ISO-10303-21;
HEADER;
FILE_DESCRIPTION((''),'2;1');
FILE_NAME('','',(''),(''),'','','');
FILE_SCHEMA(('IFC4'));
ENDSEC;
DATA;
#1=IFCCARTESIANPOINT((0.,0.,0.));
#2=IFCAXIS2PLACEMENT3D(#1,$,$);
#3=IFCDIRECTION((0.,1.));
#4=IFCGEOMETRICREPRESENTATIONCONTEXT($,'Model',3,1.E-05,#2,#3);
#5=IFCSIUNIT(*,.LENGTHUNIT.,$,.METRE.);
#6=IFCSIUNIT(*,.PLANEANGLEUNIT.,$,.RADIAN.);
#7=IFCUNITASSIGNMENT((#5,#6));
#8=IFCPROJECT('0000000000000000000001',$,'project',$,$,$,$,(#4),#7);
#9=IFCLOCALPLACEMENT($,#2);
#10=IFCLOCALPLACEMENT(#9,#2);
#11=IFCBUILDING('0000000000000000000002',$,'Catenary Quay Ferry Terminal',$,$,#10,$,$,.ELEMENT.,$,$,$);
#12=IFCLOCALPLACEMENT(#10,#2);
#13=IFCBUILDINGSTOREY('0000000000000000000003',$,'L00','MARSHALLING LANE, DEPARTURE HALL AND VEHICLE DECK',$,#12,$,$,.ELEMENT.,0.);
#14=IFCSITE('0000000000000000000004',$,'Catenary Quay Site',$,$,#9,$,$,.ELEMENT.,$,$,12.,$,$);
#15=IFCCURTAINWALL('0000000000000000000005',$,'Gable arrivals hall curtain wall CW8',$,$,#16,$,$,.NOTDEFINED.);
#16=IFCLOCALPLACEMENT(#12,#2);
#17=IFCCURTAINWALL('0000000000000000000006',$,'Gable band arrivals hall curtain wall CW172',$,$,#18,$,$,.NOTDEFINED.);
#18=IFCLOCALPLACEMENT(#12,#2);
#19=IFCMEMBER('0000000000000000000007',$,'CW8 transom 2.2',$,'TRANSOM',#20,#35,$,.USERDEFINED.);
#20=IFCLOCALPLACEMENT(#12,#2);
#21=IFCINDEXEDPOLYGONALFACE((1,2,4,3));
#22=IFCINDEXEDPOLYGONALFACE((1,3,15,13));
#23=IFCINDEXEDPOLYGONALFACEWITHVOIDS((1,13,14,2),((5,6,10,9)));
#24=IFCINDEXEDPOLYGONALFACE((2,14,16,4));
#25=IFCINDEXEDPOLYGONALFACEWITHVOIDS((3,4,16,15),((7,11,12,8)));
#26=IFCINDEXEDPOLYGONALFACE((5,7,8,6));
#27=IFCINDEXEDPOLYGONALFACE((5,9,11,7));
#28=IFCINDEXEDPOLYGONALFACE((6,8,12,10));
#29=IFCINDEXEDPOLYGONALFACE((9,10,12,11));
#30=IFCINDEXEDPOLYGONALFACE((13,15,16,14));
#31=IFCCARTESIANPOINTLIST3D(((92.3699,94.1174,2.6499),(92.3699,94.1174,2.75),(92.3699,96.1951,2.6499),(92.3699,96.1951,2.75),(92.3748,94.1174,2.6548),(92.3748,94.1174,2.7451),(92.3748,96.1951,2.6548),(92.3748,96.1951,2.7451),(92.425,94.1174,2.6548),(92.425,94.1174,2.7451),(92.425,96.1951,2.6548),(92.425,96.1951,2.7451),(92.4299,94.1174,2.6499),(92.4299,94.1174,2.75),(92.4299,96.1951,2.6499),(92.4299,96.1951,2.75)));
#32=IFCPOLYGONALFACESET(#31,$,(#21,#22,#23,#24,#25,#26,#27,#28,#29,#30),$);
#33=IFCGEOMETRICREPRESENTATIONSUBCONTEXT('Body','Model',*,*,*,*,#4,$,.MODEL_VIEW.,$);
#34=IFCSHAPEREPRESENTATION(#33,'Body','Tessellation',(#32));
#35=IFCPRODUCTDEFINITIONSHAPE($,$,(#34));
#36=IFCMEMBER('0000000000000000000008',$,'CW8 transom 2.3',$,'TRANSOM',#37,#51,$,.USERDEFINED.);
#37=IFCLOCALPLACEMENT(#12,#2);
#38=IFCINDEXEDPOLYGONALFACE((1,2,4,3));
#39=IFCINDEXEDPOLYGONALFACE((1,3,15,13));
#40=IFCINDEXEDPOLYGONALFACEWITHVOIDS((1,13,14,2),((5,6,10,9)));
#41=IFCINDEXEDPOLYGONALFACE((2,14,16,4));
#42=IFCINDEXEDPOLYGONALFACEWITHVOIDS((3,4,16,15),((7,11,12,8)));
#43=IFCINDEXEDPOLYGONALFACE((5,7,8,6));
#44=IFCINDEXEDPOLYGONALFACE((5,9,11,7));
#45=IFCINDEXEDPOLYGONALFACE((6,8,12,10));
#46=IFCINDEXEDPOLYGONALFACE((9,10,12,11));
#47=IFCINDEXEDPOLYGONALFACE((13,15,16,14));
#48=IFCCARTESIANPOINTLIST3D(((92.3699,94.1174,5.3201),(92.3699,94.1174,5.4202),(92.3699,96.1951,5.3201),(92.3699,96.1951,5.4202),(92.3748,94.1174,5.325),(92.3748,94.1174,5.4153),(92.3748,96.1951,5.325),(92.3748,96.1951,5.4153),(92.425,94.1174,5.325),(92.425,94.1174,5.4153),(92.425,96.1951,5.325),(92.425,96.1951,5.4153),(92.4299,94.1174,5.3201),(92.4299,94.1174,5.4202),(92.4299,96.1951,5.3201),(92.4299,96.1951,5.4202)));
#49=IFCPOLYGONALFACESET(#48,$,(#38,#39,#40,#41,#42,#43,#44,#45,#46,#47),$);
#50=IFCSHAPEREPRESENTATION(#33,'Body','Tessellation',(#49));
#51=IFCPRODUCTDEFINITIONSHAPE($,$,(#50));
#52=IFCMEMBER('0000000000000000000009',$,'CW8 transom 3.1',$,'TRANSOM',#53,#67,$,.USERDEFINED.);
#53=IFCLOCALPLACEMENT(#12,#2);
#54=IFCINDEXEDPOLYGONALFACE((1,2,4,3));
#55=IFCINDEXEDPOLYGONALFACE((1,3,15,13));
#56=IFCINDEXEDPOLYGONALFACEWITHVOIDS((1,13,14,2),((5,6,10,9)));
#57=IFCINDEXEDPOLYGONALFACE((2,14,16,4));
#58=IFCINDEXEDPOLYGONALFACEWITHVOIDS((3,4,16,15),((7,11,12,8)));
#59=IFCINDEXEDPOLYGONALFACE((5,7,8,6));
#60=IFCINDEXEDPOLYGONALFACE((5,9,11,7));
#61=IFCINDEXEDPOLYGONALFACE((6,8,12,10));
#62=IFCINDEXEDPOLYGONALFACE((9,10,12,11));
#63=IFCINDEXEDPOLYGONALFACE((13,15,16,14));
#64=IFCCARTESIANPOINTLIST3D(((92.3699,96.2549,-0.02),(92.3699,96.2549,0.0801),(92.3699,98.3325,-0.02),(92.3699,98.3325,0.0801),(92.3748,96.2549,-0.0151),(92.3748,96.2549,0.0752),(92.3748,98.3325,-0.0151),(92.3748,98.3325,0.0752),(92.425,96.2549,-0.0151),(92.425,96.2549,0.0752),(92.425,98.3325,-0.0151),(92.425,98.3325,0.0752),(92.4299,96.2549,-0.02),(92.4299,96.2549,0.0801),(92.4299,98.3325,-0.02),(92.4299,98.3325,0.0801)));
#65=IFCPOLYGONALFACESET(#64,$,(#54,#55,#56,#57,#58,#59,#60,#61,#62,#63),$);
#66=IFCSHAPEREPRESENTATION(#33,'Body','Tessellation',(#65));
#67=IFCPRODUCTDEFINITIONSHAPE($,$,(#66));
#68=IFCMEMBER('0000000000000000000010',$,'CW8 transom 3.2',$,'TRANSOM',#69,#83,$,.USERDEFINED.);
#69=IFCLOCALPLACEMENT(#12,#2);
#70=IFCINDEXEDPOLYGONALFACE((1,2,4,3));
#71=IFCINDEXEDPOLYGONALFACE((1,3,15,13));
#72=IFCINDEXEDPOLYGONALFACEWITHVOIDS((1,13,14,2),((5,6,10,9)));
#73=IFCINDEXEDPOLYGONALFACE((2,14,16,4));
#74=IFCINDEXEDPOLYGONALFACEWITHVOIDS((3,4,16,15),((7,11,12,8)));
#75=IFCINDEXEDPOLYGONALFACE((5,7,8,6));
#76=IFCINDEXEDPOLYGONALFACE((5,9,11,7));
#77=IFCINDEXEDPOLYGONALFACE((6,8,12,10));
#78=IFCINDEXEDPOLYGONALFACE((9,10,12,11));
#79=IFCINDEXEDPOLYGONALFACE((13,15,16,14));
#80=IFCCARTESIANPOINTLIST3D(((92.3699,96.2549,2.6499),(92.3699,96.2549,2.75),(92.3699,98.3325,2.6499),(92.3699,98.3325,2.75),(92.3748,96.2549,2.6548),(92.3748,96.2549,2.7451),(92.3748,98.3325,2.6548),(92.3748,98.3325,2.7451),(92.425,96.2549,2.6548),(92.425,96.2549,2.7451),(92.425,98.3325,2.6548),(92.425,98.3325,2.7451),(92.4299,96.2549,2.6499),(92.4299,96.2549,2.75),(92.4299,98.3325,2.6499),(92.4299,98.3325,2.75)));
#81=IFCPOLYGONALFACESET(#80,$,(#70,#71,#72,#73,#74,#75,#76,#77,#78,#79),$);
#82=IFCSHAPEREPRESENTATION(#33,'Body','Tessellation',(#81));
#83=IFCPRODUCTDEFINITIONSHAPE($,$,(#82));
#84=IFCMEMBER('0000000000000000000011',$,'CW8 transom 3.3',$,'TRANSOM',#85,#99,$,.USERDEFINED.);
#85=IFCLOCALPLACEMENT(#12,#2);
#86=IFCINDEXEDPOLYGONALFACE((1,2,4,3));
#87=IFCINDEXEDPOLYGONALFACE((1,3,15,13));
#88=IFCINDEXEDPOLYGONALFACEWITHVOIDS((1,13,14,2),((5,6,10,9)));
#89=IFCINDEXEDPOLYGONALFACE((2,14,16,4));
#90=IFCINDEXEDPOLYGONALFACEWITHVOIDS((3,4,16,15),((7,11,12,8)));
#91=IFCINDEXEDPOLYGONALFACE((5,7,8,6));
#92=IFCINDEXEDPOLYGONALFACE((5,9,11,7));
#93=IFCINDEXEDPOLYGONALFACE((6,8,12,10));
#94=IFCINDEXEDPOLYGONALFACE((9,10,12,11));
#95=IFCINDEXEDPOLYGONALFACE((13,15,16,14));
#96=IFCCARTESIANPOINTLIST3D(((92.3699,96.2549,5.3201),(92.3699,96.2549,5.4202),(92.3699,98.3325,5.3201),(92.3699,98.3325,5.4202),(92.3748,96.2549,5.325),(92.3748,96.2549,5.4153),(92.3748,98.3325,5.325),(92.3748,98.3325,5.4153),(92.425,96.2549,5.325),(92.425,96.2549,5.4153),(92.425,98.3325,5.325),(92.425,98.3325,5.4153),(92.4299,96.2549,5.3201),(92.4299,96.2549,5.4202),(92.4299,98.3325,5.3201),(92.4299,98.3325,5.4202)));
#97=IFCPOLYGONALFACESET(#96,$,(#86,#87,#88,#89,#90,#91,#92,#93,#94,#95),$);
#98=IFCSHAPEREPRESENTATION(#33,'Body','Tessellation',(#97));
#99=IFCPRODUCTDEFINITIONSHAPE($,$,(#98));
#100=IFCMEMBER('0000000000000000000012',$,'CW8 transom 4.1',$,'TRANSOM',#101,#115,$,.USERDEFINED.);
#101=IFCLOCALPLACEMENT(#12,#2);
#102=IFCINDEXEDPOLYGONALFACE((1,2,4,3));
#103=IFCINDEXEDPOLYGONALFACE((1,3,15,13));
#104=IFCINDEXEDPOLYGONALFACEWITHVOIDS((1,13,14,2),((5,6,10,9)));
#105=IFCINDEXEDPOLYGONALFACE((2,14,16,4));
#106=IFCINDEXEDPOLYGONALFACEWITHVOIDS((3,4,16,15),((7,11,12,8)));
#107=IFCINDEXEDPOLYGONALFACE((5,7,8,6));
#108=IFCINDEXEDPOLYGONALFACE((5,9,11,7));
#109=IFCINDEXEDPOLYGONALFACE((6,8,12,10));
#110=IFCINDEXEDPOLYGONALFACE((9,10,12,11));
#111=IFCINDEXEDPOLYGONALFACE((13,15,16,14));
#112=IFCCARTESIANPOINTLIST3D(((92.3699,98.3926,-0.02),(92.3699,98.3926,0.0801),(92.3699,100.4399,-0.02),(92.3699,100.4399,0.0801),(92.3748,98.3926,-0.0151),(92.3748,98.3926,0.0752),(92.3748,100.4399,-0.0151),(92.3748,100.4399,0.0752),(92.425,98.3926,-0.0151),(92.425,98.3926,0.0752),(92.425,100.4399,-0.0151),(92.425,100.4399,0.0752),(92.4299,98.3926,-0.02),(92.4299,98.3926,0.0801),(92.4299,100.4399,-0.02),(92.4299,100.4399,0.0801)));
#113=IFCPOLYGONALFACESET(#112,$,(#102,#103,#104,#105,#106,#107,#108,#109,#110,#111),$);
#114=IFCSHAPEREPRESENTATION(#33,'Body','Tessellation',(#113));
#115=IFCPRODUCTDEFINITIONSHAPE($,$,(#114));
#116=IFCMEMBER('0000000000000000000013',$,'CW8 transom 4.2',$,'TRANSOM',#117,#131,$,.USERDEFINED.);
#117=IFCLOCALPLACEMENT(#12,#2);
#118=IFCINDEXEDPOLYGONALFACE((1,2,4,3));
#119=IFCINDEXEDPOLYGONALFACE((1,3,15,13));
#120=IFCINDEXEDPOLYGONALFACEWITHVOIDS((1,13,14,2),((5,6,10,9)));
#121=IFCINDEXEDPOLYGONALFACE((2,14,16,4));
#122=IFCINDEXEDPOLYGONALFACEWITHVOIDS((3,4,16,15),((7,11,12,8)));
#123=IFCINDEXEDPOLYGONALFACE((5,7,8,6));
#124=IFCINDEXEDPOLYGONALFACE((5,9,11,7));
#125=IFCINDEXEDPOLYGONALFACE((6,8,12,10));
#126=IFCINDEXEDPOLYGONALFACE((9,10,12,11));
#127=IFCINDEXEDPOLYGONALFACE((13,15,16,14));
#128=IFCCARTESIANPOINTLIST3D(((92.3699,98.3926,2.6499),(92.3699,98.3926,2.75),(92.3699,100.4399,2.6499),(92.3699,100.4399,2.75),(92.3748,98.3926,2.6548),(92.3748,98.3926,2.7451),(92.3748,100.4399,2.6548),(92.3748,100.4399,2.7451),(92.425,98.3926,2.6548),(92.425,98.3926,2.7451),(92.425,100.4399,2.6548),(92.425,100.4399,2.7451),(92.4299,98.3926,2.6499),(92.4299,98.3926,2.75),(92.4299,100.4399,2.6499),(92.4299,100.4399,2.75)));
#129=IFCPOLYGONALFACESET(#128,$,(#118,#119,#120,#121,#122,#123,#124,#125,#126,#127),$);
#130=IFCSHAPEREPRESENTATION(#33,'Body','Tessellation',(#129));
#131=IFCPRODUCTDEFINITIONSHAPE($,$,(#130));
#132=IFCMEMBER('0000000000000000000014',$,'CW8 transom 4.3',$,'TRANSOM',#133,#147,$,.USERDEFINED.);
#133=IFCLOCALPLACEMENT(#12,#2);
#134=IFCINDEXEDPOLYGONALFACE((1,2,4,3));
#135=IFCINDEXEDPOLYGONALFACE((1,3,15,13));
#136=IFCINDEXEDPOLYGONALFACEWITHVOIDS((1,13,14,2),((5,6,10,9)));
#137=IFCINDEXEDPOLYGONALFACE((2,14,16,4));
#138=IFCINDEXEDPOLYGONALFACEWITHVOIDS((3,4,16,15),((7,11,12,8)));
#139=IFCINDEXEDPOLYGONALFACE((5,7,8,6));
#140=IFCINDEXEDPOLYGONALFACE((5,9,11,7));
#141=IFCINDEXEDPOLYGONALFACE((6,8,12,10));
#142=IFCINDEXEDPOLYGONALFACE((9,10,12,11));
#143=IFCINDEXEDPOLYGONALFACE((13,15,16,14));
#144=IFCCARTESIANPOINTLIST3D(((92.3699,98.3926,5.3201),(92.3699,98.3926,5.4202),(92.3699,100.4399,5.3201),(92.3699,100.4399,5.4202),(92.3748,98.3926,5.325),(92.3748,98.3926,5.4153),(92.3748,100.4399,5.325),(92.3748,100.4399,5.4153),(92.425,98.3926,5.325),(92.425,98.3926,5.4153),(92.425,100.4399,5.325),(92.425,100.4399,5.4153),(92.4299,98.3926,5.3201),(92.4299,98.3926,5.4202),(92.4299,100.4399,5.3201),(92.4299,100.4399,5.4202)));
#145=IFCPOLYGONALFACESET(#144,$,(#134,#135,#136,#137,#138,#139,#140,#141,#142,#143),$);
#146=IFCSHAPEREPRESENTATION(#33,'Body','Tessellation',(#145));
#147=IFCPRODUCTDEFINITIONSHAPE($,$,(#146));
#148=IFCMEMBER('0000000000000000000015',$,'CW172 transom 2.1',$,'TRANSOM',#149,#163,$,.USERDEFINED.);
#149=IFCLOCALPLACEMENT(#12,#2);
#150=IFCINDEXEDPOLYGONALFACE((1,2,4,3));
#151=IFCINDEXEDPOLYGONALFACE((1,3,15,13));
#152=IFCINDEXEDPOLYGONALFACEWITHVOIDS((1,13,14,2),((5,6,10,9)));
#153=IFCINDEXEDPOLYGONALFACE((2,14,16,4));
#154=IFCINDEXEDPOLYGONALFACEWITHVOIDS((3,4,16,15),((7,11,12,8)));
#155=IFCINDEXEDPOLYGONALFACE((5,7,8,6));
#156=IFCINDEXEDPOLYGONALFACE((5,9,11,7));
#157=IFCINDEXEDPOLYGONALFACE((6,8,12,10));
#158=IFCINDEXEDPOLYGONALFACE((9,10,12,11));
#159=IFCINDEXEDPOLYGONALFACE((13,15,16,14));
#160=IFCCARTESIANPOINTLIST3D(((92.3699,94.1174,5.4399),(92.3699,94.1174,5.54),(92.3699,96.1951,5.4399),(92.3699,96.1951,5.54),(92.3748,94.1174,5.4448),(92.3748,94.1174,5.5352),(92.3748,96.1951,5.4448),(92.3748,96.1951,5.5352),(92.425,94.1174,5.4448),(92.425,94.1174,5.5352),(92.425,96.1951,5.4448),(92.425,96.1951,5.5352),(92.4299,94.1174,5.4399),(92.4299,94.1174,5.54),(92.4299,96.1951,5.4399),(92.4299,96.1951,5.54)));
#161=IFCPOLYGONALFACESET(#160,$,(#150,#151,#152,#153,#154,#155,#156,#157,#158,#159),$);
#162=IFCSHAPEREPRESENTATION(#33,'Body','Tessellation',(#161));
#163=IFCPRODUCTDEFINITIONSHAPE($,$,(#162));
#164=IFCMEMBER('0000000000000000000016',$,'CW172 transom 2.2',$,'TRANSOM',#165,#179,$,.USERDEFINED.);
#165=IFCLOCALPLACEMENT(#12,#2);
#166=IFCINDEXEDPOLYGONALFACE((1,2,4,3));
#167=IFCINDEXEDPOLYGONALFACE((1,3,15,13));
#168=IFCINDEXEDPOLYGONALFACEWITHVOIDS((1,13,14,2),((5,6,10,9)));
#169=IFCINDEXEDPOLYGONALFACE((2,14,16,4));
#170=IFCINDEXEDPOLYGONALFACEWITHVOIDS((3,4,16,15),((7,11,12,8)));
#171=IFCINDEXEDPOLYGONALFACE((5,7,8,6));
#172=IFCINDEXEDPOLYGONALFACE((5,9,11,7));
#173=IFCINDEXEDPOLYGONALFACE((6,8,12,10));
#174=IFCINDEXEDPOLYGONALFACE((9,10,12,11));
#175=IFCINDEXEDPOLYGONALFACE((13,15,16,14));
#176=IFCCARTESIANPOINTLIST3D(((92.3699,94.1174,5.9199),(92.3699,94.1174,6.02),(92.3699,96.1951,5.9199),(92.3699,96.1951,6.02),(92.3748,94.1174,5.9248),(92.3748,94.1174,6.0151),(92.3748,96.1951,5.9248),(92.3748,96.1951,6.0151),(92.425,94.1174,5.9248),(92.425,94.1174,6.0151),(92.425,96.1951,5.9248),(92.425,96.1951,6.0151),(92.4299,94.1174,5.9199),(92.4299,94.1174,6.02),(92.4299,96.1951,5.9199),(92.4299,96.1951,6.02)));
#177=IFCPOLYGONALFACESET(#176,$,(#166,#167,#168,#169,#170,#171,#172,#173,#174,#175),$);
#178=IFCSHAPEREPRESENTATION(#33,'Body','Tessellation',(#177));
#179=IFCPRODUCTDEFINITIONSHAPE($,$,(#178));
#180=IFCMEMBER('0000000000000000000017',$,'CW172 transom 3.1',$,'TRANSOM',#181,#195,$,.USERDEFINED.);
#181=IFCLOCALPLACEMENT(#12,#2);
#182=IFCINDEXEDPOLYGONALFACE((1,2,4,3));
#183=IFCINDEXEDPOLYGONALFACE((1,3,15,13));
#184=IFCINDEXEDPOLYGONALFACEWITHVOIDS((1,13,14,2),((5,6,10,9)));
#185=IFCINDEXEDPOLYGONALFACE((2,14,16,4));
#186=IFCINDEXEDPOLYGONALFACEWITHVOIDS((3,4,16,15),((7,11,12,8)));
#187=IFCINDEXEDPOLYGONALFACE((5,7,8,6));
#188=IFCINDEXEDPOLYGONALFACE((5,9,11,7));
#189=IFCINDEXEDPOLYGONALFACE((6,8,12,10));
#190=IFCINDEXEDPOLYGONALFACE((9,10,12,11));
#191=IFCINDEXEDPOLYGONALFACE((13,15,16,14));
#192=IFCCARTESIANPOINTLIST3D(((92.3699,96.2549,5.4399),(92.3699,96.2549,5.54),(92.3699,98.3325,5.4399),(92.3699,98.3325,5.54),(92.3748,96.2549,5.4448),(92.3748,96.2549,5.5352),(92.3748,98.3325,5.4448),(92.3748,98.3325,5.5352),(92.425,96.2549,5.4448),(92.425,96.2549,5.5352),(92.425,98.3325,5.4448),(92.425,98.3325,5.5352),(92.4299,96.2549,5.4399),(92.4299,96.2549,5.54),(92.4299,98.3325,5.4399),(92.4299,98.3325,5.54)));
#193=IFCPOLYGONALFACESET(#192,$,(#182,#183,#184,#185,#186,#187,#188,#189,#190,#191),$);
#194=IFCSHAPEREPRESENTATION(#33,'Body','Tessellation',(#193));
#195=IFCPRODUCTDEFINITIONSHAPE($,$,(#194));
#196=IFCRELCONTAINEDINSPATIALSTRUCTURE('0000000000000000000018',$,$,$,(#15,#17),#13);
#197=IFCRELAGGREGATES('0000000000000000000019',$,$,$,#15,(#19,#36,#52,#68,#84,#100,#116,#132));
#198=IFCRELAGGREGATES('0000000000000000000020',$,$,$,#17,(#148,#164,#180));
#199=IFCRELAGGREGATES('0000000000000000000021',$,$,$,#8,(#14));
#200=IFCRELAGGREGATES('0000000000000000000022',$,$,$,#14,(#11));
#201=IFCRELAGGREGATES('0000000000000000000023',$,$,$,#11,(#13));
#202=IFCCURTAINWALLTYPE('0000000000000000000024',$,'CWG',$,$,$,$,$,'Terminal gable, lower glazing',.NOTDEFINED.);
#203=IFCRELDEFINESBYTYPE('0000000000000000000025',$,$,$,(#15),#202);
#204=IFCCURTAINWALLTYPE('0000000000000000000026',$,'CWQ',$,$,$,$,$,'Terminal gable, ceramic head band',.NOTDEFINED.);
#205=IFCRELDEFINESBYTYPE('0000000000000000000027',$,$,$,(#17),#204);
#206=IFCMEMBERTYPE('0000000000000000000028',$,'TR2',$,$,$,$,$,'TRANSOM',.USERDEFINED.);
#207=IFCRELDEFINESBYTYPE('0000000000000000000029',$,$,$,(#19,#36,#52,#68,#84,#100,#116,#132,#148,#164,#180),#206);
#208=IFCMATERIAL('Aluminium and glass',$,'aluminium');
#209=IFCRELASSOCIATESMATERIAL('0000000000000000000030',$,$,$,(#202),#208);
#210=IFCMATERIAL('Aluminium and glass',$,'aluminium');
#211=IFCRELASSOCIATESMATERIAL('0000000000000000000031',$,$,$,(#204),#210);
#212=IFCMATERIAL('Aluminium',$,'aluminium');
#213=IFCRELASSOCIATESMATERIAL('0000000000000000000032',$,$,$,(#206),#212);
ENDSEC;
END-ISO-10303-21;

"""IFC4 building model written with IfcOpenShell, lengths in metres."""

from ifc_helpers import new_model, si_unit, direction, frame, origin, origin_2d, place, context, subcontext, project, spatial, hollow_rectangle, extrude, material, material_profile, profile_set, type_object, element, aggregate, save


model = new_model("IFC4")

# Units and contexts
model_context = context("Model", 3, precision=1e-05, world=origin(), true_north=direction((0.0, 1.0)))
body_context = subcontext(model_context, "Body", "Model", "MODEL_VIEW")
ifc_project = project(units=[si_unit("LENGTHUNIT", "METRE"), si_unit("PLANEANGLEUNIT", "RADIAN")], contexts=[model_context])

# Site, building, storey
site_placement = place(None, origin())
site = spatial("IfcSite", under=ifc_project, at=site_placement, Name="Catenary Quay Site", CompositionType="ELEMENT", RefElevation=12.0)
building_placement = place(site_placement, origin())
building = spatial("IfcBuilding", under=site, at=building_placement, Name="Catenary Quay Ferry Terminal", CompositionType="ELEMENT")
storey_placement = place(building_placement, origin())
storey = spatial("IfcBuildingStorey", under=building, at=storey_placement, Name="L00", Description="MARSHALLING LANE, DEPARTURE HALL AND VEHICLE DECK", CompositionType="ELEMENT", Elevation=0.0)

# Curtain walls
ifc_material_1 = material(Name="Aluminium and glass", Category="aluminium")
curtain_wall_type_1 = type_object("IfcCurtainWallType", Name="CWG", ElementType="Terminal gable, lower glazing", PredefinedType="NOTDEFINED", material=ifc_material_1)
curtain_wall_1_placement = place(storey_placement, origin())
curtain_wall_1 = element("IfcCurtainWall", 1, at=curtain_wall_1_placement, inside=storey, type_object=curtain_wall_type_1, Name="Gable arrivals hall curtain wall CW8", PredefinedType="NOTDEFINED")
ifc_material_2 = material(Name="Aluminium and glass", Category="aluminium")
curtain_wall_type_2 = type_object("IfcCurtainWallType", Name="CWQ", ElementType="Terminal gable, ceramic head band", PredefinedType="NOTDEFINED", material=ifc_material_2)
curtain_wall_2_placement = place(storey_placement, origin())
curtain_wall_2 = element("IfcCurtainWall", 2, at=curtain_wall_2_placement, inside=storey, type_object=curtain_wall_type_2, Name="Gable band arrivals hall curtain wall CW172", PredefinedType="NOTDEFINED")

# Members
ifc_material_3 = material(Name="Aluminium", Category="aluminium")
ifc_material_profile_1 = material_profile(ifc_material_3, hollow_rectangle(XDim=0.0601, YDim=0.1001, WallThickness=0.0049, at=origin_2d()), Name="TR2")
ifc_profile_set_1 = profile_set([ifc_material_profile_1], Name="Aluminium")
member_type_1 = type_object("IfcMemberType", Name="TR2", ElementType="TRANSOM", PredefinedType="USERDEFINED", material=ifc_profile_set_1)
member_1_placement = place(storey_placement, frame((92.3999, 94.1174, 2.7), z_axis=(0.0, 1.0, 0.0), x_axis=(-1.0, 0.0, 0.0)))
member_1 = element("IfcMember", 3, at=member_1_placement, type_object=member_type_1, Name="CW8 transom 2.2", ObjectType="TRANSOM", PredefinedType="USERDEFINED", context=body_context, shape_type="SweptSolid", body=[
    extrude(hollow_rectangle(XDim=0.0601, YDim=0.1001, WallThickness=0.0049, at=origin_2d()), origin(), (0.0, 0.0, 1.0), 2.0776),
])
member_2_placement = place(storey_placement, frame((92.3999, 94.1174, 5.3701), z_axis=(0.0, 1.0, 0.0), x_axis=(-1.0, 0.0, 0.0)))
member_2 = element("IfcMember", 4, at=member_2_placement, type_object=member_type_1, Name="CW8 transom 2.3", ObjectType="TRANSOM", PredefinedType="USERDEFINED", context=body_context, shape_type="SweptSolid", body=[
    extrude(hollow_rectangle(XDim=0.0601, YDim=0.1001, WallThickness=0.0049, at=origin_2d()), origin(), (0.0, 0.0, 1.0), 2.0776),
])
member_3_placement = place(storey_placement, frame((92.3999, 96.2549, 0.03), z_axis=(0.0, 1.0, 0.0), x_axis=(-1.0, 0.0, 0.0)))
member_3 = element("IfcMember", 5, at=member_3_placement, type_object=member_type_1, Name="CW8 transom 3.1", ObjectType="TRANSOM", PredefinedType="USERDEFINED", context=body_context, shape_type="SweptSolid", body=[
    extrude(hollow_rectangle(XDim=0.0601, YDim=0.1001, WallThickness=0.0049, at=origin_2d()), origin(), (0.0, 0.0, 1.0), 2.0776),
])
member_4_placement = place(storey_placement, frame((92.3999, 96.2549, 2.7), z_axis=(0.0, 1.0, 0.0), x_axis=(-1.0, 0.0, 0.0)))
member_4 = element("IfcMember", 6, at=member_4_placement, type_object=member_type_1, Name="CW8 transom 3.2", ObjectType="TRANSOM", PredefinedType="USERDEFINED", context=body_context, shape_type="SweptSolid", body=[
    extrude(hollow_rectangle(XDim=0.0601, YDim=0.1001, WallThickness=0.0049, at=origin_2d()), origin(), (0.0, 0.0, 1.0), 2.0776),
])
member_5_placement = place(storey_placement, frame((92.3999, 96.2549, 5.3701), z_axis=(0.0, 1.0, 0.0), x_axis=(-1.0, 0.0, 0.0)))
member_5 = element("IfcMember", 7, at=member_5_placement, type_object=member_type_1, Name="CW8 transom 3.3", ObjectType="TRANSOM", PredefinedType="USERDEFINED", context=body_context, shape_type="SweptSolid", body=[
    extrude(hollow_rectangle(XDim=0.0601, YDim=0.1001, WallThickness=0.0049, at=origin_2d()), origin(), (0.0, 0.0, 1.0), 2.0776),
])
member_6_placement = place(storey_placement, frame((92.3999, 98.3926, 0.03), z_axis=(0.0, 1.0, 0.0), x_axis=(-1.0, 0.0, 0.0)))
member_6 = element("IfcMember", 8, at=member_6_placement, type_object=member_type_1, Name="CW8 transom 4.1", ObjectType="TRANSOM", PredefinedType="USERDEFINED", context=body_context, shape_type="SweptSolid", body=[
    extrude(hollow_rectangle(XDim=0.0601, YDim=0.1001, WallThickness=0.0049, at=origin_2d()), origin(), (0.0, 0.0, 1.0), 2.0474),
])
member_7_placement = place(storey_placement, frame((92.3999, 98.3926, 2.7), z_axis=(0.0, 1.0, 0.0), x_axis=(-1.0, 0.0, 0.0)))
member_7 = element("IfcMember", 9, at=member_7_placement, type_object=member_type_1, Name="CW8 transom 4.2", ObjectType="TRANSOM", PredefinedType="USERDEFINED", context=body_context, shape_type="SweptSolid", body=[
    extrude(hollow_rectangle(XDim=0.0601, YDim=0.1001, WallThickness=0.0049, at=origin_2d()), origin(), (0.0, 0.0, 1.0), 2.0474),
])
member_8_placement = place(storey_placement, frame((92.3999, 98.3926, 5.3701), z_axis=(0.0, 1.0, 0.0), x_axis=(-1.0, 0.0, 0.0)))
member_8 = element("IfcMember", 10, at=member_8_placement, type_object=member_type_1, Name="CW8 transom 4.3", ObjectType="TRANSOM", PredefinedType="USERDEFINED", context=body_context, shape_type="SweptSolid", body=[
    extrude(hollow_rectangle(XDim=0.0601, YDim=0.1001, WallThickness=0.0049, at=origin_2d()), origin(), (0.0, 0.0, 1.0), 2.0474),
])
member_9_placement = place(storey_placement, frame((92.3999, 94.1174, 5.49), z_axis=(0.0, 1.0, 0.0), x_axis=(-1.0, 0.0, 0.0)))
member_9 = element("IfcMember", 11, at=member_9_placement, type_object=member_type_1, Name="CW172 transom 2.1", ObjectType="TRANSOM", PredefinedType="USERDEFINED", context=body_context, shape_type="SweptSolid", body=[
    extrude(hollow_rectangle(XDim=0.0601, YDim=0.1001, WallThickness=0.0049, at=origin_2d()), origin(), (0.0, 0.0, 1.0), 2.0776),
])
member_10_placement = place(storey_placement, frame((92.3999, 94.1174, 5.97), z_axis=(0.0, 1.0, 0.0), x_axis=(-1.0, 0.0, 0.0)))
member_10 = element("IfcMember", 12, at=member_10_placement, type_object=member_type_1, Name="CW172 transom 2.2", ObjectType="TRANSOM", PredefinedType="USERDEFINED", context=body_context, shape_type="SweptSolid", body=[
    extrude(hollow_rectangle(XDim=0.0601, YDim=0.1001, WallThickness=0.0049, at=origin_2d()), origin(), (0.0, 0.0, 1.0), 2.0776),
])
member_11_placement = place(storey_placement, frame((92.3999, 96.2549, 5.49), z_axis=(0.0, 1.0, 0.0), x_axis=(-1.0, 0.0, 0.0)))
member_11 = element("IfcMember", 13, at=member_11_placement, type_object=member_type_1, Name="CW172 transom 3.1", ObjectType="TRANSOM", PredefinedType="USERDEFINED", context=body_context, shape_type="SweptSolid", body=[
    extrude(hollow_rectangle(XDim=0.0601, YDim=0.1001, WallThickness=0.0049, at=origin_2d()), origin(), (0.0, 0.0, 1.0), 2.0776),
])

aggregate(curtain_wall_1, [member_1, member_2, member_3, member_4, member_5, member_6, member_7, member_8])
aggregate(curtain_wall_2, [member_9, member_10, member_11])

save(model, "model.ifc")
